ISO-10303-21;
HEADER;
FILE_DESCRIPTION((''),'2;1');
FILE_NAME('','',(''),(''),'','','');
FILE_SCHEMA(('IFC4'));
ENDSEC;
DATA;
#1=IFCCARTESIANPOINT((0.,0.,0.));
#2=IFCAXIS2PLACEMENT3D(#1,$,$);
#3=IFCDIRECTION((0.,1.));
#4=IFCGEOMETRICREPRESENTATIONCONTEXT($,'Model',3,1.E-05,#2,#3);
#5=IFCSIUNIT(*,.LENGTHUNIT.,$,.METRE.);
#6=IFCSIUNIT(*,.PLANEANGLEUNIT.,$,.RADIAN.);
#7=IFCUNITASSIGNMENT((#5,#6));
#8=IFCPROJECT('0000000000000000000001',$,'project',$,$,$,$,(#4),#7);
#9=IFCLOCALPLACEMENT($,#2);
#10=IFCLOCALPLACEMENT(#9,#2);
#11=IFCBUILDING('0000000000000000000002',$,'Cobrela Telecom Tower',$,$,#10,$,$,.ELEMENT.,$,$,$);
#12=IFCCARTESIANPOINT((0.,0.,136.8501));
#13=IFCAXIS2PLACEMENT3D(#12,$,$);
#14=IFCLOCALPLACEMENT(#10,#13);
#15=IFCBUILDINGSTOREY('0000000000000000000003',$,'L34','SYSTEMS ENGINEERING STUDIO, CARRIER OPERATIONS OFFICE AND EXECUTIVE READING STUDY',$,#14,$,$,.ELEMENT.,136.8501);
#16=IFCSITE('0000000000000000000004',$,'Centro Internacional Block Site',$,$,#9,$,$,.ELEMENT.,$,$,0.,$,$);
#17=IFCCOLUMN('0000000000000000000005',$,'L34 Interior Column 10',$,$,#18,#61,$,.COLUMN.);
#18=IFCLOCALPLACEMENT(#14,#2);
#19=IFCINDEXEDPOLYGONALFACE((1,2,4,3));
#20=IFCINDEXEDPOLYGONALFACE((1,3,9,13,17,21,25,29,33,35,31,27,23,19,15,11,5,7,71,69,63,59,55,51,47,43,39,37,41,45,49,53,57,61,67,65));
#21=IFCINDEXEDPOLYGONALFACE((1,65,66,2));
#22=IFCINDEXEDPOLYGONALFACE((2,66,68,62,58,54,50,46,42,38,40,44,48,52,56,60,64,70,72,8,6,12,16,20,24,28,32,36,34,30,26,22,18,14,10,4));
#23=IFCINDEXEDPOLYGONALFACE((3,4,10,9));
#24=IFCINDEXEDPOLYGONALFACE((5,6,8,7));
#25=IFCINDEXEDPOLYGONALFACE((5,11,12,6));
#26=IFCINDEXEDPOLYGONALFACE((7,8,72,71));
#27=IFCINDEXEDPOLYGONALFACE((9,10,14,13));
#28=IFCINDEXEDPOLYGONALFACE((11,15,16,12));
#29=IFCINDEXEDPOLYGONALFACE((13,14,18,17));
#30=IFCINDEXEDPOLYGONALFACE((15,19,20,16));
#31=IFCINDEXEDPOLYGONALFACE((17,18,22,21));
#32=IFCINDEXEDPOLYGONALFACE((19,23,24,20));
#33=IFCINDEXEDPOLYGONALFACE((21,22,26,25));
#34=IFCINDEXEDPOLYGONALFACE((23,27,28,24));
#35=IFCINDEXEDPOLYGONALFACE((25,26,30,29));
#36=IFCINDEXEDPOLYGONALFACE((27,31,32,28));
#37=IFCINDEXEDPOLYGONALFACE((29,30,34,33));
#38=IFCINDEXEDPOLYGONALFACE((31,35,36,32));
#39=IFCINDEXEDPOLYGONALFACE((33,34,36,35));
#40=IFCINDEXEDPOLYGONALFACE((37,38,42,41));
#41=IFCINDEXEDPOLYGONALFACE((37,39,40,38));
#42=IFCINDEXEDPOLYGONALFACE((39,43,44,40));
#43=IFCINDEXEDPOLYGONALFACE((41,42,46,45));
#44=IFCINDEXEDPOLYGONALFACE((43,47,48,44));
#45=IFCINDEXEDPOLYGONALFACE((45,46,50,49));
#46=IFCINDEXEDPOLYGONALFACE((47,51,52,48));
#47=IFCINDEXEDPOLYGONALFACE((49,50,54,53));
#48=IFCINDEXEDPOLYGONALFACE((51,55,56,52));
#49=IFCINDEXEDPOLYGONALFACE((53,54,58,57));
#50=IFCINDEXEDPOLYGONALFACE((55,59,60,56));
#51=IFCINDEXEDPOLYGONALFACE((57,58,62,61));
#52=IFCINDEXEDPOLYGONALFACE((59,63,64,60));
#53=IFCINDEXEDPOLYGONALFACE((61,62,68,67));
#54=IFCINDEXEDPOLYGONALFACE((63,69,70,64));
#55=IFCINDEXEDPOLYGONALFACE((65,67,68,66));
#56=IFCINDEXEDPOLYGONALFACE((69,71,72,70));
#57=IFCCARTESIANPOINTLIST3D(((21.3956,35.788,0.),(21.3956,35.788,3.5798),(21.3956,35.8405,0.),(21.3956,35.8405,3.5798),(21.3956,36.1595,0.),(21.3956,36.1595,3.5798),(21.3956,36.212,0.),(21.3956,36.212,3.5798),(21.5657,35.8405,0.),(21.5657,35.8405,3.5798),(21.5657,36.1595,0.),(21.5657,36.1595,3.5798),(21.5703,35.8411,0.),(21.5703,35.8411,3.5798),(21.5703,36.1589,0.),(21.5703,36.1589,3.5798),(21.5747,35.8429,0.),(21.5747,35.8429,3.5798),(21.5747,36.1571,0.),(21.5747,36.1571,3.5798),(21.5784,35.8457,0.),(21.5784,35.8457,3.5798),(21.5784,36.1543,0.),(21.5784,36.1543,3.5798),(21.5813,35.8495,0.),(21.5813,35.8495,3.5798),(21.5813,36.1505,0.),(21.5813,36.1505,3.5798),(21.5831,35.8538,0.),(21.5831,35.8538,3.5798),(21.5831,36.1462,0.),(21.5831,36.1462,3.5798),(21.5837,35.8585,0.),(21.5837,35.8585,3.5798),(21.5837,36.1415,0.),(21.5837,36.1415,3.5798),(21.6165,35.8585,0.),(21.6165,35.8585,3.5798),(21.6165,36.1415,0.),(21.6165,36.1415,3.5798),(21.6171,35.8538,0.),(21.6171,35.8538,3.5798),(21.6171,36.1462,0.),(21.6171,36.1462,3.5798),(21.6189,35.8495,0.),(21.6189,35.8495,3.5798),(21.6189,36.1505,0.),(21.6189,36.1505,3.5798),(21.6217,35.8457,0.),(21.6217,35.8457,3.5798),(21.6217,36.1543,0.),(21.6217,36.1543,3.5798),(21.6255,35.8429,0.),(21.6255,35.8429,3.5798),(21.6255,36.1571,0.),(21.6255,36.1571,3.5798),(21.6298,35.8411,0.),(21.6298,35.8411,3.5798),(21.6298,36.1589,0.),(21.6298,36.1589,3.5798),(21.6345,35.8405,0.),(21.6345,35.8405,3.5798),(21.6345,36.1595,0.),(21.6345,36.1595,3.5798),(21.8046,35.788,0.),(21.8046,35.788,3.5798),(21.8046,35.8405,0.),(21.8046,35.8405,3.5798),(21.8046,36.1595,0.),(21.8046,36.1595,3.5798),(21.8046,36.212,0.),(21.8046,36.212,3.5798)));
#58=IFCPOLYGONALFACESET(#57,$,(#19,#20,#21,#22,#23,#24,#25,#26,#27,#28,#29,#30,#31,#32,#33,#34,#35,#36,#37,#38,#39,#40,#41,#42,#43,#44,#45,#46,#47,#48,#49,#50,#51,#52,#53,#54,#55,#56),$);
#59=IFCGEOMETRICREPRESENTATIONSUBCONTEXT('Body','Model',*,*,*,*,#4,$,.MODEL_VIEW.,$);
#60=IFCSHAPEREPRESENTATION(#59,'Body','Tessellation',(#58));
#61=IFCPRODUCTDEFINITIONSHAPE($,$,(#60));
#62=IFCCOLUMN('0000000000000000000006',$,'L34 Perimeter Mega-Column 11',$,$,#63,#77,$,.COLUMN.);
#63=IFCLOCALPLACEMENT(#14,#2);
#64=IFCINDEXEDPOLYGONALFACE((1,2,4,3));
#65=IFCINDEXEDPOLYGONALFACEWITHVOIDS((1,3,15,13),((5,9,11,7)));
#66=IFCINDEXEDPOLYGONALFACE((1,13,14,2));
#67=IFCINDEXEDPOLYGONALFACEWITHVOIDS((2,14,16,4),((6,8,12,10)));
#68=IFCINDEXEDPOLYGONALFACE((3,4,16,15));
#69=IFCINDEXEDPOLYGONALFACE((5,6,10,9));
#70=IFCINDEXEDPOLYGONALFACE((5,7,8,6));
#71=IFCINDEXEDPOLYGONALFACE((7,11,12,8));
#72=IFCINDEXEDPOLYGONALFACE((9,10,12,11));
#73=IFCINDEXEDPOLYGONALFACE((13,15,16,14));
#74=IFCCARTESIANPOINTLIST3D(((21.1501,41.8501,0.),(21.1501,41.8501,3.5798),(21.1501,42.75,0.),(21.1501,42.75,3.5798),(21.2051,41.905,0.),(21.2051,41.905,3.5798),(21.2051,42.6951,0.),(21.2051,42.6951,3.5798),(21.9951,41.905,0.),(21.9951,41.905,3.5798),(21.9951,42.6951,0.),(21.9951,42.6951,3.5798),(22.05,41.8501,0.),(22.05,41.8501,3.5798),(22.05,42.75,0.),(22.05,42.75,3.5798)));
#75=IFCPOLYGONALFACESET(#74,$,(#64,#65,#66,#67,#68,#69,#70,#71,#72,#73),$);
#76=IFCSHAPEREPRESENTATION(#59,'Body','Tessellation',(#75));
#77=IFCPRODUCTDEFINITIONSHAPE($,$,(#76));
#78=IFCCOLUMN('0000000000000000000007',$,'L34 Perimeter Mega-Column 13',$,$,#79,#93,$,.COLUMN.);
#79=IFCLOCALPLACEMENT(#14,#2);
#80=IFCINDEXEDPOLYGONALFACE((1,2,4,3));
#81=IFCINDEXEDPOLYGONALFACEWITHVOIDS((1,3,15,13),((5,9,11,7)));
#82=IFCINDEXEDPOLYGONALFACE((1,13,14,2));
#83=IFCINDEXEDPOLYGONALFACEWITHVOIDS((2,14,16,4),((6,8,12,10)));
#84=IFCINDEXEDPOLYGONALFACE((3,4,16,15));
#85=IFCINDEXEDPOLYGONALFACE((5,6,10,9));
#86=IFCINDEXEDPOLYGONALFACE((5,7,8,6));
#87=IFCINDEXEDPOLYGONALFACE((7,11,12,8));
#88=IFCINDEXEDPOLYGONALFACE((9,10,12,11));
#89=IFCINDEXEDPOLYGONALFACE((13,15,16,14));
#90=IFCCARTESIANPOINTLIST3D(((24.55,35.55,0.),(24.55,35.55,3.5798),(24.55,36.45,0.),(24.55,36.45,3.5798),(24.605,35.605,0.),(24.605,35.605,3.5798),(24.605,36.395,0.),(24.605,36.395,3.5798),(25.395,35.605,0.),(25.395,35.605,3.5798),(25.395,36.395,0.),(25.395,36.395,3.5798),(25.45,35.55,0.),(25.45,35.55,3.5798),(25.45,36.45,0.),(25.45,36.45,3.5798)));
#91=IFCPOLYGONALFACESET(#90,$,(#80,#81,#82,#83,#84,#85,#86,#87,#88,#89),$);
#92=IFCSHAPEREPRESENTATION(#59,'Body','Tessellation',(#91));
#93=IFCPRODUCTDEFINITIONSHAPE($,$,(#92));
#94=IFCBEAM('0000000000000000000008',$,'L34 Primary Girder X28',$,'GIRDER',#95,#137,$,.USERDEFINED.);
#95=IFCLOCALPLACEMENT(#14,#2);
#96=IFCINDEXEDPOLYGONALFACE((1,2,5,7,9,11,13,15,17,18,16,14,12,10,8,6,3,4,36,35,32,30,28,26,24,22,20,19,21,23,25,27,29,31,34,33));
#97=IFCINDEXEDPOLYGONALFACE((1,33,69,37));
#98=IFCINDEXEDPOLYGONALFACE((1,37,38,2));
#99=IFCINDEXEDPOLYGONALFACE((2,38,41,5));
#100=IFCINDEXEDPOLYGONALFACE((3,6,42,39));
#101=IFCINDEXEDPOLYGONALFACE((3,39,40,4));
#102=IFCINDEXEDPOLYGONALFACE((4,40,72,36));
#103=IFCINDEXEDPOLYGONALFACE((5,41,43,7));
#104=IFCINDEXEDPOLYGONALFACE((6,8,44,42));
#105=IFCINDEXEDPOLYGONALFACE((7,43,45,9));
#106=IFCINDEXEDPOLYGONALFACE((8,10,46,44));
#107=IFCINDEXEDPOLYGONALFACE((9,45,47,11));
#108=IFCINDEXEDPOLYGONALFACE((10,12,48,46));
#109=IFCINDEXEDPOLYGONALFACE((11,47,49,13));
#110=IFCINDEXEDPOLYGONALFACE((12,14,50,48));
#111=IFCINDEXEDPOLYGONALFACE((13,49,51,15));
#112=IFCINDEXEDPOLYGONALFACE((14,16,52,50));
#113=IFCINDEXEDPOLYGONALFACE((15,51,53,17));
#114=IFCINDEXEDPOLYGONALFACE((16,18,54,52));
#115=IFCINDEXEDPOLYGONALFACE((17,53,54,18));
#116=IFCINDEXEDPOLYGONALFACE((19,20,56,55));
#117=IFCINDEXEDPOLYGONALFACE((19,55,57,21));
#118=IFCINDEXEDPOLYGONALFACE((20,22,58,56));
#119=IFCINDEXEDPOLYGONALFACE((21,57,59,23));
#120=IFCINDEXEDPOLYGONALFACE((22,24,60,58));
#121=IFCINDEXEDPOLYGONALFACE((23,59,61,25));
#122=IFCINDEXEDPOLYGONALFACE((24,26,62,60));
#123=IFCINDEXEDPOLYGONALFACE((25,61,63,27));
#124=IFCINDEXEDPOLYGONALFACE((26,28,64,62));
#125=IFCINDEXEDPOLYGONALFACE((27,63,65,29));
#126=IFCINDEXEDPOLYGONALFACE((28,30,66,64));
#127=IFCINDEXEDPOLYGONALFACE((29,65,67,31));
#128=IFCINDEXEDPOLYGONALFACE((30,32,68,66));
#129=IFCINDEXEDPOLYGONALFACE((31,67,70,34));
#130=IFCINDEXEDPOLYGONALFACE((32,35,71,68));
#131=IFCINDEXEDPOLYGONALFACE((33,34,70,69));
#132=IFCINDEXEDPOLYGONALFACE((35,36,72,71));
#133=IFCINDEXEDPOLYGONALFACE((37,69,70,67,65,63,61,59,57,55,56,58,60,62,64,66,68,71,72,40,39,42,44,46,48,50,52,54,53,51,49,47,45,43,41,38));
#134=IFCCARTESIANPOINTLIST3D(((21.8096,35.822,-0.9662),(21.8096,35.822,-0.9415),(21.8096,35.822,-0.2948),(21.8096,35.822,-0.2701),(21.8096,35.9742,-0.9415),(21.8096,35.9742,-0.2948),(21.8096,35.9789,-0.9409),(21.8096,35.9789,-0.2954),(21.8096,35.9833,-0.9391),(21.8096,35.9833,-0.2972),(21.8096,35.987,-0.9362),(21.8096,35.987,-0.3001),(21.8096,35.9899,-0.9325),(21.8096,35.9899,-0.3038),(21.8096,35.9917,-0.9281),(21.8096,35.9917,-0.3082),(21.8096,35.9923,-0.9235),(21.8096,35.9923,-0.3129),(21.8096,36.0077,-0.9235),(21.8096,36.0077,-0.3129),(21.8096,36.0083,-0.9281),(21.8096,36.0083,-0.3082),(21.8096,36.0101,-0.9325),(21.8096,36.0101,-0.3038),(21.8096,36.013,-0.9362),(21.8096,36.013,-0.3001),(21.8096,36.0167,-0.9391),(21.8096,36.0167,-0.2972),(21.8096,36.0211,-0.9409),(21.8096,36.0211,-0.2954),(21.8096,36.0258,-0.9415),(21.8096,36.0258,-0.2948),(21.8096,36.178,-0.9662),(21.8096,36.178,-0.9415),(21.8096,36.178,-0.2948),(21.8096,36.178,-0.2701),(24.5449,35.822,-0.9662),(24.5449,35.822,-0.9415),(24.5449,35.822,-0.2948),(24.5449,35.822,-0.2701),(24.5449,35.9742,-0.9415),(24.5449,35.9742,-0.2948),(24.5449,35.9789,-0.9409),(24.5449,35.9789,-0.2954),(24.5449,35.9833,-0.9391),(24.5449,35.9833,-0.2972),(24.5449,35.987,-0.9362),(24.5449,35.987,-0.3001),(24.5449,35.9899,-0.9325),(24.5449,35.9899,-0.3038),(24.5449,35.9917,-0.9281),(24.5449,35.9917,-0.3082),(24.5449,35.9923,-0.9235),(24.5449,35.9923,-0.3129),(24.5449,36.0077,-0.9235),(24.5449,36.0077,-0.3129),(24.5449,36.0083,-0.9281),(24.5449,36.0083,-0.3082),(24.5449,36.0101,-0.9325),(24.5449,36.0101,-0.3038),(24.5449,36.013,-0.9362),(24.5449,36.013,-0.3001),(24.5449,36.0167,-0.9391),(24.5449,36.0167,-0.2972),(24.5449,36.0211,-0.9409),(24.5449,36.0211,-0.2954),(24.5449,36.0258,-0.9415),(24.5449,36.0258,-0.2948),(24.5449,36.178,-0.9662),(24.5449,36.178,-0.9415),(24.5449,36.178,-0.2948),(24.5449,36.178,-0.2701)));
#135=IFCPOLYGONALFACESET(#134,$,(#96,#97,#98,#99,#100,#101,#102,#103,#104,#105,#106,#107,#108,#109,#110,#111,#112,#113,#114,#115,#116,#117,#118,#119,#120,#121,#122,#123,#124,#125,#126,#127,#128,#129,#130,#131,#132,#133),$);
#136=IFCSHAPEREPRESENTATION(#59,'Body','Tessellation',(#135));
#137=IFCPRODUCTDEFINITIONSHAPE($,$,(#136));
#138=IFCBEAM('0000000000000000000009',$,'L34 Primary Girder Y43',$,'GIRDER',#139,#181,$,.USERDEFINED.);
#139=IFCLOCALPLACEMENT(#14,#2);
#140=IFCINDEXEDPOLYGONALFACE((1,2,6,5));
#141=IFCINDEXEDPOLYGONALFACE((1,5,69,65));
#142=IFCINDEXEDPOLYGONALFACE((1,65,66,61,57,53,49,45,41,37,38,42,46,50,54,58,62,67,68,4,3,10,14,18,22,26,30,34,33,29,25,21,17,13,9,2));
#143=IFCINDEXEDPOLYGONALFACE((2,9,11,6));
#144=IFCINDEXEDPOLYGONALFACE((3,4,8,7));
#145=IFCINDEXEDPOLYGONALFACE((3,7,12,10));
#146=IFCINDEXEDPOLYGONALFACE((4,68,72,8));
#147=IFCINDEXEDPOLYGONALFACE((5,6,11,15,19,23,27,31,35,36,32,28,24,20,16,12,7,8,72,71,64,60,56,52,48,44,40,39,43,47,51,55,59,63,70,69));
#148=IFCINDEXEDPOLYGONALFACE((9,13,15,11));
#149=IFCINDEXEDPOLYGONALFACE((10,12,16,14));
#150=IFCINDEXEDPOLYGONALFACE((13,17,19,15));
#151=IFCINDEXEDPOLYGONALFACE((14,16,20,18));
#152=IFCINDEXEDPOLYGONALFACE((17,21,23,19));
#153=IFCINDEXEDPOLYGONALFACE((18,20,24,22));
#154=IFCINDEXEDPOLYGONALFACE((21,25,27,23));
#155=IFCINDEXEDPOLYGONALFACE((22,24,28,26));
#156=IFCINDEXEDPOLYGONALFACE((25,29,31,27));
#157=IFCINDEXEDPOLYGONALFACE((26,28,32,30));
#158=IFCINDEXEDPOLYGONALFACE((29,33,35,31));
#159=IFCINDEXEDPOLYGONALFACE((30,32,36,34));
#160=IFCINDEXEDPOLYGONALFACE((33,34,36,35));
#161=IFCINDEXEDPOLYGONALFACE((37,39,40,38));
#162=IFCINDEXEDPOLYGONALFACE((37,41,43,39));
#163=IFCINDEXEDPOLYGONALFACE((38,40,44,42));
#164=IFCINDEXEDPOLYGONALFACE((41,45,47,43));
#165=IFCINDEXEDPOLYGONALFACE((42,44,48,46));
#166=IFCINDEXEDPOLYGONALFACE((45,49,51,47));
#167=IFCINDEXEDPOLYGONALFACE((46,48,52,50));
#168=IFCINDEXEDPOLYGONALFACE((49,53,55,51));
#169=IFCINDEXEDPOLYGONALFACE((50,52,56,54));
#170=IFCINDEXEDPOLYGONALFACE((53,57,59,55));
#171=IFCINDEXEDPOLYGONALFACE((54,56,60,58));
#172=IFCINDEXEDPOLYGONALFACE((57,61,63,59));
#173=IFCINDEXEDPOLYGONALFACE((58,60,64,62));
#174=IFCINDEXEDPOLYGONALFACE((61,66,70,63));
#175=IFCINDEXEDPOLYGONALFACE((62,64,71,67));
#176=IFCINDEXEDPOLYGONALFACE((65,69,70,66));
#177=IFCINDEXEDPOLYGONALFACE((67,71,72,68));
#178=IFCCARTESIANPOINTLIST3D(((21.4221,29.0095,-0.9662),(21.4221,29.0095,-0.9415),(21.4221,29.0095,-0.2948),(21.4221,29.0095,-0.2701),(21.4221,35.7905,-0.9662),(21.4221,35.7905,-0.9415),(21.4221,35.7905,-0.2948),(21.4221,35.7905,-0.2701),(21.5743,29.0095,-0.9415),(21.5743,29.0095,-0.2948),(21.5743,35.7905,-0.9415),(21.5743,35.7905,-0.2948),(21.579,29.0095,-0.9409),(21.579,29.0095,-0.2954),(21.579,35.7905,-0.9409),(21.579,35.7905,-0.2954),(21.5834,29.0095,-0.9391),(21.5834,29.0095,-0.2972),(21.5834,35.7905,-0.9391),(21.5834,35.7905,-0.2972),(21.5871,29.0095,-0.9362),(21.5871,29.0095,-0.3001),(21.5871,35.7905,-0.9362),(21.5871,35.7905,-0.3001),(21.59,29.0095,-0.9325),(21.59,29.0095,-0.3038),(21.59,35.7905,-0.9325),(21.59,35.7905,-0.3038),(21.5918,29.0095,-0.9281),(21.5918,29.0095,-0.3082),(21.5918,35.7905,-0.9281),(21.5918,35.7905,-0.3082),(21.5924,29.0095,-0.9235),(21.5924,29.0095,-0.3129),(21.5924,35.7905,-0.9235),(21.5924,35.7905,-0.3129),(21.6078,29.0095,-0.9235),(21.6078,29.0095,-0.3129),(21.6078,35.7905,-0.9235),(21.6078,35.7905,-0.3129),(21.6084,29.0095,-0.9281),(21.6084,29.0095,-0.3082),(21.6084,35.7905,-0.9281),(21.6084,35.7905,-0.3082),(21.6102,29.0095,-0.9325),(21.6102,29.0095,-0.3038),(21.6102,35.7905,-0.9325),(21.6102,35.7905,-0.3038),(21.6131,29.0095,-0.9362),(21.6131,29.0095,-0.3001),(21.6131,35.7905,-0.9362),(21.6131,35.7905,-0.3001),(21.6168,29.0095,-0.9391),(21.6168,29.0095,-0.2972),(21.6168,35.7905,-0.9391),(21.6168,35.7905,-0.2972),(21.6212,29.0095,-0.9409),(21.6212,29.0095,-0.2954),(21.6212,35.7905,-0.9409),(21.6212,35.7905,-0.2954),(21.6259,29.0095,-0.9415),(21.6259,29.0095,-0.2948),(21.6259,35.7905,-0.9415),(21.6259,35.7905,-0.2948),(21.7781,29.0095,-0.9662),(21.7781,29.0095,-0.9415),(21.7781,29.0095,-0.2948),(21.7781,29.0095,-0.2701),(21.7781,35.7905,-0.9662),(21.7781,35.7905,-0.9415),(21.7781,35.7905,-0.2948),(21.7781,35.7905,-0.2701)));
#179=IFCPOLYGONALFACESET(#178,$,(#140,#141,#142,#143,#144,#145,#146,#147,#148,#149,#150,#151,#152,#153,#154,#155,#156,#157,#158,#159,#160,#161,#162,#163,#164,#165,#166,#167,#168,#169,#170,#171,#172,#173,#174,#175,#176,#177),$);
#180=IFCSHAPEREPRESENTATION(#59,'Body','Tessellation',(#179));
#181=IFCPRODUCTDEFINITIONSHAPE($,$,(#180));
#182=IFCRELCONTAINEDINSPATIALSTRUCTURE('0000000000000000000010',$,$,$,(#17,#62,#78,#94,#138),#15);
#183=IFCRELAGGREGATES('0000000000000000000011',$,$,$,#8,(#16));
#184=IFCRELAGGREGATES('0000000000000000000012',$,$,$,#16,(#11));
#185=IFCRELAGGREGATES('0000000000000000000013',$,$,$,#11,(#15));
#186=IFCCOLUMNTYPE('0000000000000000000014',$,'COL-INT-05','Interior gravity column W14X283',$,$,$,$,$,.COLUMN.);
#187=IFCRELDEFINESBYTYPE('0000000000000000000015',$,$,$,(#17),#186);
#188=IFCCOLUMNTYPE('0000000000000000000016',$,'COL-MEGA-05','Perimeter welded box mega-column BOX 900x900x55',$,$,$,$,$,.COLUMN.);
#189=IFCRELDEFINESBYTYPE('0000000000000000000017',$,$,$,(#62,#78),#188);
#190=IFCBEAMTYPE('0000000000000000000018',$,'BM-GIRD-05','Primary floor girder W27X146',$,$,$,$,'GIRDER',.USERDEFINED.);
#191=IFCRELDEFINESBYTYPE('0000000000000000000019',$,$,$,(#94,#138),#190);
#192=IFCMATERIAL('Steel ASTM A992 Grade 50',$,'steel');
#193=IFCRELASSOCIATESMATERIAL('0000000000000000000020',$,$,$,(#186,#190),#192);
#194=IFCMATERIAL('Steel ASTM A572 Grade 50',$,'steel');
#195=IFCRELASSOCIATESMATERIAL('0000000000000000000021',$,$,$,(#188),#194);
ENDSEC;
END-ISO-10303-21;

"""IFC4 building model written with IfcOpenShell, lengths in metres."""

from ifc_helpers import new_model, si_unit, direction, frame, origin, origin_2d, place, context, subcontext, project, spatial, hollow_rectangle, i_section, extrude, material, material_profile, profile_set, type_object, element, save


model = new_model("IFC4")

# Units and contexts
model_context = context("Model", 3, precision=1e-05, world=origin(), true_north=direction((0.0, 1.0)))
body_context = subcontext(model_context, "Body", "Model", "MODEL_VIEW")
ifc_project = project(units=[si_unit("LENGTHUNIT", "METRE"), si_unit("PLANEANGLEUNIT", "RADIAN")], contexts=[model_context])

# Site, building, storey
site_placement = place(None, origin())
site = spatial("IfcSite", under=ifc_project, at=site_placement, Name="Centro Internacional Block Site", CompositionType="ELEMENT", RefElevation=0.0)
building_placement = place(site_placement, origin())
building = spatial("IfcBuilding", under=site, at=building_placement, Name="Cobrela Telecom Tower", CompositionType="ELEMENT")
storey_placement = place(building_placement, frame((0.0, 0.0, 136.8501)))
storey = spatial("IfcBuildingStorey", under=building, at=storey_placement, Name="L34", Description="SYSTEMS ENGINEERING STUDIO, CARRIER OPERATIONS OFFICE AND EXECUTIVE READING STUDY", CompositionType="ELEMENT", Elevation=136.8501)

# Columns
ifc_material_1 = material(Name="Steel ASTM A992 Grade 50", Category="steel")
ifc_material_profile_1 = material_profile(ifc_material_1, i_section(OverallWidth=0.4089, OverallDepth=0.4241, WebThickness=0.0327, FlangeThickness=0.0525, FilletRadius=0.0181, at=origin_2d()), Name="W14X283")
ifc_profile_set_1 = profile_set([ifc_material_profile_1], Name="Steel ASTM A992 Grade 50")
column_type_1 = type_object("IfcColumnType", Name="COL-INT-05", Description="Interior gravity column W14X283", PredefinedType="COLUMN", material=ifc_profile_set_1)
column_placement = place(storey_placement, frame((21.6001, 36.0, 0.0), z_axis=(0.0, 0.0, 1.0), x_axis=(1.0, 0.0, 0.0)))
element("IfcColumn", 1, at=column_placement, inside=storey, type_object=column_type_1, Name="L34 Interior Column 10", PredefinedType="COLUMN", context=body_context, shape_type="SweptSolid", body=[
    extrude(i_section(OverallWidth=0.4089, OverallDepth=0.4241, WebThickness=0.0327, FlangeThickness=0.0525, FilletRadius=0.0181, at=origin_2d()), origin(), (0.0, 0.0, 1.0), 3.5798),
])
ifc_material_2 = material(Name="Steel ASTM A572 Grade 50", Category="steel")
ifc_material_profile_2 = material_profile(ifc_material_2, hollow_rectangle(XDim=0.8999, YDim=0.8999, WallThickness=0.0549, at=origin_2d()), Name="BOX 900x900x55")
ifc_profile_set_2 = profile_set([ifc_material_profile_2], Name="Steel ASTM A572 Grade 50")
column_type_2 = type_object("IfcColumnType", Name="COL-MEGA-05", Description="Perimeter welded box mega-column BOX 900x900x55", PredefinedType="COLUMN", material=ifc_profile_set_2)
for number, where, z_axis, x_axis, name in (
    (2, (21.6001, 42.3, 0.0), (0.0, 0.0, 1.0), (1.0, 0.0, 0.0), "L34 Perimeter Mega-Column 11"),
    (3, (25.0, 36.0, 0.0), (0.0, 0.0, 1.0), (1.0, 0.0, 0.0), "L34 Perimeter Mega-Column 13"),
):
    element("IfcColumn", number, at=place(storey_placement, frame(where, z_axis=z_axis, x_axis=x_axis)), inside=storey, type_object=column_type_2, Name=name, PredefinedType="COLUMN", context=body_context, shape_type="SweptSolid", body=[
        extrude(hollow_rectangle(XDim=0.8999, YDim=0.8999, WallThickness=0.0549, at=origin_2d()), origin(), (0.0, 0.0, 1.0), 3.5798),
    ])

# Beams
ifc_material_profile_3 = material_profile(ifc_material_1, i_section(OverallWidth=0.356, OverallDepth=0.696, WebThickness=0.0154, FlangeThickness=0.0247, FilletRadius=0.0181, at=origin_2d()), Name="W27X146")
ifc_profile_set_3 = profile_set([ifc_material_profile_3], Name="Steel ASTM A992 Grade 50")
beam_type_1 = type_object("IfcBeamType", Name="BM-GIRD-05", Description="Primary floor girder W27X146", ElementType="GIRDER", PredefinedType="USERDEFINED", material=ifc_profile_set_3)
beam_1_placement = place(storey_placement, frame((21.8096, 36.0, -0.6182), z_axis=(1.0, 0.0, 0.0), x_axis=(0.0, 1.0, 0.0)))
element("IfcBeam", 4, at=beam_1_placement, inside=storey, type_object=beam_type_1, Name="L34 Primary Girder X28", ObjectType="GIRDER", PredefinedType="USERDEFINED", context=body_context, shape_type="SweptSolid", body=[
    extrude(i_section(OverallWidth=0.356, OverallDepth=0.696, WebThickness=0.0154, FlangeThickness=0.0247, FilletRadius=0.0181, at=origin_2d()), origin(), (0.0, 0.0, 1.0), 2.7354),
])
beam_2_placement = place(storey_placement, frame((21.6001, 29.0095, -0.6182), z_axis=(0.0, 1.0, 0.0), x_axis=(-1.0, 0.0, 0.0)))
element("IfcBeam", 5, at=beam_2_placement, inside=storey, type_object=beam_type_1, Name="L34 Primary Girder Y43", ObjectType="GIRDER", PredefinedType="USERDEFINED", context=body_context, shape_type="SweptSolid", body=[
    extrude(i_section(OverallWidth=0.356, OverallDepth=0.696, WebThickness=0.0154, FlangeThickness=0.0247, FilletRadius=0.0181, at=origin_2d()), origin(), (0.0, 0.0, 1.0), 6.781),
])

save(model, "model.ifc")
